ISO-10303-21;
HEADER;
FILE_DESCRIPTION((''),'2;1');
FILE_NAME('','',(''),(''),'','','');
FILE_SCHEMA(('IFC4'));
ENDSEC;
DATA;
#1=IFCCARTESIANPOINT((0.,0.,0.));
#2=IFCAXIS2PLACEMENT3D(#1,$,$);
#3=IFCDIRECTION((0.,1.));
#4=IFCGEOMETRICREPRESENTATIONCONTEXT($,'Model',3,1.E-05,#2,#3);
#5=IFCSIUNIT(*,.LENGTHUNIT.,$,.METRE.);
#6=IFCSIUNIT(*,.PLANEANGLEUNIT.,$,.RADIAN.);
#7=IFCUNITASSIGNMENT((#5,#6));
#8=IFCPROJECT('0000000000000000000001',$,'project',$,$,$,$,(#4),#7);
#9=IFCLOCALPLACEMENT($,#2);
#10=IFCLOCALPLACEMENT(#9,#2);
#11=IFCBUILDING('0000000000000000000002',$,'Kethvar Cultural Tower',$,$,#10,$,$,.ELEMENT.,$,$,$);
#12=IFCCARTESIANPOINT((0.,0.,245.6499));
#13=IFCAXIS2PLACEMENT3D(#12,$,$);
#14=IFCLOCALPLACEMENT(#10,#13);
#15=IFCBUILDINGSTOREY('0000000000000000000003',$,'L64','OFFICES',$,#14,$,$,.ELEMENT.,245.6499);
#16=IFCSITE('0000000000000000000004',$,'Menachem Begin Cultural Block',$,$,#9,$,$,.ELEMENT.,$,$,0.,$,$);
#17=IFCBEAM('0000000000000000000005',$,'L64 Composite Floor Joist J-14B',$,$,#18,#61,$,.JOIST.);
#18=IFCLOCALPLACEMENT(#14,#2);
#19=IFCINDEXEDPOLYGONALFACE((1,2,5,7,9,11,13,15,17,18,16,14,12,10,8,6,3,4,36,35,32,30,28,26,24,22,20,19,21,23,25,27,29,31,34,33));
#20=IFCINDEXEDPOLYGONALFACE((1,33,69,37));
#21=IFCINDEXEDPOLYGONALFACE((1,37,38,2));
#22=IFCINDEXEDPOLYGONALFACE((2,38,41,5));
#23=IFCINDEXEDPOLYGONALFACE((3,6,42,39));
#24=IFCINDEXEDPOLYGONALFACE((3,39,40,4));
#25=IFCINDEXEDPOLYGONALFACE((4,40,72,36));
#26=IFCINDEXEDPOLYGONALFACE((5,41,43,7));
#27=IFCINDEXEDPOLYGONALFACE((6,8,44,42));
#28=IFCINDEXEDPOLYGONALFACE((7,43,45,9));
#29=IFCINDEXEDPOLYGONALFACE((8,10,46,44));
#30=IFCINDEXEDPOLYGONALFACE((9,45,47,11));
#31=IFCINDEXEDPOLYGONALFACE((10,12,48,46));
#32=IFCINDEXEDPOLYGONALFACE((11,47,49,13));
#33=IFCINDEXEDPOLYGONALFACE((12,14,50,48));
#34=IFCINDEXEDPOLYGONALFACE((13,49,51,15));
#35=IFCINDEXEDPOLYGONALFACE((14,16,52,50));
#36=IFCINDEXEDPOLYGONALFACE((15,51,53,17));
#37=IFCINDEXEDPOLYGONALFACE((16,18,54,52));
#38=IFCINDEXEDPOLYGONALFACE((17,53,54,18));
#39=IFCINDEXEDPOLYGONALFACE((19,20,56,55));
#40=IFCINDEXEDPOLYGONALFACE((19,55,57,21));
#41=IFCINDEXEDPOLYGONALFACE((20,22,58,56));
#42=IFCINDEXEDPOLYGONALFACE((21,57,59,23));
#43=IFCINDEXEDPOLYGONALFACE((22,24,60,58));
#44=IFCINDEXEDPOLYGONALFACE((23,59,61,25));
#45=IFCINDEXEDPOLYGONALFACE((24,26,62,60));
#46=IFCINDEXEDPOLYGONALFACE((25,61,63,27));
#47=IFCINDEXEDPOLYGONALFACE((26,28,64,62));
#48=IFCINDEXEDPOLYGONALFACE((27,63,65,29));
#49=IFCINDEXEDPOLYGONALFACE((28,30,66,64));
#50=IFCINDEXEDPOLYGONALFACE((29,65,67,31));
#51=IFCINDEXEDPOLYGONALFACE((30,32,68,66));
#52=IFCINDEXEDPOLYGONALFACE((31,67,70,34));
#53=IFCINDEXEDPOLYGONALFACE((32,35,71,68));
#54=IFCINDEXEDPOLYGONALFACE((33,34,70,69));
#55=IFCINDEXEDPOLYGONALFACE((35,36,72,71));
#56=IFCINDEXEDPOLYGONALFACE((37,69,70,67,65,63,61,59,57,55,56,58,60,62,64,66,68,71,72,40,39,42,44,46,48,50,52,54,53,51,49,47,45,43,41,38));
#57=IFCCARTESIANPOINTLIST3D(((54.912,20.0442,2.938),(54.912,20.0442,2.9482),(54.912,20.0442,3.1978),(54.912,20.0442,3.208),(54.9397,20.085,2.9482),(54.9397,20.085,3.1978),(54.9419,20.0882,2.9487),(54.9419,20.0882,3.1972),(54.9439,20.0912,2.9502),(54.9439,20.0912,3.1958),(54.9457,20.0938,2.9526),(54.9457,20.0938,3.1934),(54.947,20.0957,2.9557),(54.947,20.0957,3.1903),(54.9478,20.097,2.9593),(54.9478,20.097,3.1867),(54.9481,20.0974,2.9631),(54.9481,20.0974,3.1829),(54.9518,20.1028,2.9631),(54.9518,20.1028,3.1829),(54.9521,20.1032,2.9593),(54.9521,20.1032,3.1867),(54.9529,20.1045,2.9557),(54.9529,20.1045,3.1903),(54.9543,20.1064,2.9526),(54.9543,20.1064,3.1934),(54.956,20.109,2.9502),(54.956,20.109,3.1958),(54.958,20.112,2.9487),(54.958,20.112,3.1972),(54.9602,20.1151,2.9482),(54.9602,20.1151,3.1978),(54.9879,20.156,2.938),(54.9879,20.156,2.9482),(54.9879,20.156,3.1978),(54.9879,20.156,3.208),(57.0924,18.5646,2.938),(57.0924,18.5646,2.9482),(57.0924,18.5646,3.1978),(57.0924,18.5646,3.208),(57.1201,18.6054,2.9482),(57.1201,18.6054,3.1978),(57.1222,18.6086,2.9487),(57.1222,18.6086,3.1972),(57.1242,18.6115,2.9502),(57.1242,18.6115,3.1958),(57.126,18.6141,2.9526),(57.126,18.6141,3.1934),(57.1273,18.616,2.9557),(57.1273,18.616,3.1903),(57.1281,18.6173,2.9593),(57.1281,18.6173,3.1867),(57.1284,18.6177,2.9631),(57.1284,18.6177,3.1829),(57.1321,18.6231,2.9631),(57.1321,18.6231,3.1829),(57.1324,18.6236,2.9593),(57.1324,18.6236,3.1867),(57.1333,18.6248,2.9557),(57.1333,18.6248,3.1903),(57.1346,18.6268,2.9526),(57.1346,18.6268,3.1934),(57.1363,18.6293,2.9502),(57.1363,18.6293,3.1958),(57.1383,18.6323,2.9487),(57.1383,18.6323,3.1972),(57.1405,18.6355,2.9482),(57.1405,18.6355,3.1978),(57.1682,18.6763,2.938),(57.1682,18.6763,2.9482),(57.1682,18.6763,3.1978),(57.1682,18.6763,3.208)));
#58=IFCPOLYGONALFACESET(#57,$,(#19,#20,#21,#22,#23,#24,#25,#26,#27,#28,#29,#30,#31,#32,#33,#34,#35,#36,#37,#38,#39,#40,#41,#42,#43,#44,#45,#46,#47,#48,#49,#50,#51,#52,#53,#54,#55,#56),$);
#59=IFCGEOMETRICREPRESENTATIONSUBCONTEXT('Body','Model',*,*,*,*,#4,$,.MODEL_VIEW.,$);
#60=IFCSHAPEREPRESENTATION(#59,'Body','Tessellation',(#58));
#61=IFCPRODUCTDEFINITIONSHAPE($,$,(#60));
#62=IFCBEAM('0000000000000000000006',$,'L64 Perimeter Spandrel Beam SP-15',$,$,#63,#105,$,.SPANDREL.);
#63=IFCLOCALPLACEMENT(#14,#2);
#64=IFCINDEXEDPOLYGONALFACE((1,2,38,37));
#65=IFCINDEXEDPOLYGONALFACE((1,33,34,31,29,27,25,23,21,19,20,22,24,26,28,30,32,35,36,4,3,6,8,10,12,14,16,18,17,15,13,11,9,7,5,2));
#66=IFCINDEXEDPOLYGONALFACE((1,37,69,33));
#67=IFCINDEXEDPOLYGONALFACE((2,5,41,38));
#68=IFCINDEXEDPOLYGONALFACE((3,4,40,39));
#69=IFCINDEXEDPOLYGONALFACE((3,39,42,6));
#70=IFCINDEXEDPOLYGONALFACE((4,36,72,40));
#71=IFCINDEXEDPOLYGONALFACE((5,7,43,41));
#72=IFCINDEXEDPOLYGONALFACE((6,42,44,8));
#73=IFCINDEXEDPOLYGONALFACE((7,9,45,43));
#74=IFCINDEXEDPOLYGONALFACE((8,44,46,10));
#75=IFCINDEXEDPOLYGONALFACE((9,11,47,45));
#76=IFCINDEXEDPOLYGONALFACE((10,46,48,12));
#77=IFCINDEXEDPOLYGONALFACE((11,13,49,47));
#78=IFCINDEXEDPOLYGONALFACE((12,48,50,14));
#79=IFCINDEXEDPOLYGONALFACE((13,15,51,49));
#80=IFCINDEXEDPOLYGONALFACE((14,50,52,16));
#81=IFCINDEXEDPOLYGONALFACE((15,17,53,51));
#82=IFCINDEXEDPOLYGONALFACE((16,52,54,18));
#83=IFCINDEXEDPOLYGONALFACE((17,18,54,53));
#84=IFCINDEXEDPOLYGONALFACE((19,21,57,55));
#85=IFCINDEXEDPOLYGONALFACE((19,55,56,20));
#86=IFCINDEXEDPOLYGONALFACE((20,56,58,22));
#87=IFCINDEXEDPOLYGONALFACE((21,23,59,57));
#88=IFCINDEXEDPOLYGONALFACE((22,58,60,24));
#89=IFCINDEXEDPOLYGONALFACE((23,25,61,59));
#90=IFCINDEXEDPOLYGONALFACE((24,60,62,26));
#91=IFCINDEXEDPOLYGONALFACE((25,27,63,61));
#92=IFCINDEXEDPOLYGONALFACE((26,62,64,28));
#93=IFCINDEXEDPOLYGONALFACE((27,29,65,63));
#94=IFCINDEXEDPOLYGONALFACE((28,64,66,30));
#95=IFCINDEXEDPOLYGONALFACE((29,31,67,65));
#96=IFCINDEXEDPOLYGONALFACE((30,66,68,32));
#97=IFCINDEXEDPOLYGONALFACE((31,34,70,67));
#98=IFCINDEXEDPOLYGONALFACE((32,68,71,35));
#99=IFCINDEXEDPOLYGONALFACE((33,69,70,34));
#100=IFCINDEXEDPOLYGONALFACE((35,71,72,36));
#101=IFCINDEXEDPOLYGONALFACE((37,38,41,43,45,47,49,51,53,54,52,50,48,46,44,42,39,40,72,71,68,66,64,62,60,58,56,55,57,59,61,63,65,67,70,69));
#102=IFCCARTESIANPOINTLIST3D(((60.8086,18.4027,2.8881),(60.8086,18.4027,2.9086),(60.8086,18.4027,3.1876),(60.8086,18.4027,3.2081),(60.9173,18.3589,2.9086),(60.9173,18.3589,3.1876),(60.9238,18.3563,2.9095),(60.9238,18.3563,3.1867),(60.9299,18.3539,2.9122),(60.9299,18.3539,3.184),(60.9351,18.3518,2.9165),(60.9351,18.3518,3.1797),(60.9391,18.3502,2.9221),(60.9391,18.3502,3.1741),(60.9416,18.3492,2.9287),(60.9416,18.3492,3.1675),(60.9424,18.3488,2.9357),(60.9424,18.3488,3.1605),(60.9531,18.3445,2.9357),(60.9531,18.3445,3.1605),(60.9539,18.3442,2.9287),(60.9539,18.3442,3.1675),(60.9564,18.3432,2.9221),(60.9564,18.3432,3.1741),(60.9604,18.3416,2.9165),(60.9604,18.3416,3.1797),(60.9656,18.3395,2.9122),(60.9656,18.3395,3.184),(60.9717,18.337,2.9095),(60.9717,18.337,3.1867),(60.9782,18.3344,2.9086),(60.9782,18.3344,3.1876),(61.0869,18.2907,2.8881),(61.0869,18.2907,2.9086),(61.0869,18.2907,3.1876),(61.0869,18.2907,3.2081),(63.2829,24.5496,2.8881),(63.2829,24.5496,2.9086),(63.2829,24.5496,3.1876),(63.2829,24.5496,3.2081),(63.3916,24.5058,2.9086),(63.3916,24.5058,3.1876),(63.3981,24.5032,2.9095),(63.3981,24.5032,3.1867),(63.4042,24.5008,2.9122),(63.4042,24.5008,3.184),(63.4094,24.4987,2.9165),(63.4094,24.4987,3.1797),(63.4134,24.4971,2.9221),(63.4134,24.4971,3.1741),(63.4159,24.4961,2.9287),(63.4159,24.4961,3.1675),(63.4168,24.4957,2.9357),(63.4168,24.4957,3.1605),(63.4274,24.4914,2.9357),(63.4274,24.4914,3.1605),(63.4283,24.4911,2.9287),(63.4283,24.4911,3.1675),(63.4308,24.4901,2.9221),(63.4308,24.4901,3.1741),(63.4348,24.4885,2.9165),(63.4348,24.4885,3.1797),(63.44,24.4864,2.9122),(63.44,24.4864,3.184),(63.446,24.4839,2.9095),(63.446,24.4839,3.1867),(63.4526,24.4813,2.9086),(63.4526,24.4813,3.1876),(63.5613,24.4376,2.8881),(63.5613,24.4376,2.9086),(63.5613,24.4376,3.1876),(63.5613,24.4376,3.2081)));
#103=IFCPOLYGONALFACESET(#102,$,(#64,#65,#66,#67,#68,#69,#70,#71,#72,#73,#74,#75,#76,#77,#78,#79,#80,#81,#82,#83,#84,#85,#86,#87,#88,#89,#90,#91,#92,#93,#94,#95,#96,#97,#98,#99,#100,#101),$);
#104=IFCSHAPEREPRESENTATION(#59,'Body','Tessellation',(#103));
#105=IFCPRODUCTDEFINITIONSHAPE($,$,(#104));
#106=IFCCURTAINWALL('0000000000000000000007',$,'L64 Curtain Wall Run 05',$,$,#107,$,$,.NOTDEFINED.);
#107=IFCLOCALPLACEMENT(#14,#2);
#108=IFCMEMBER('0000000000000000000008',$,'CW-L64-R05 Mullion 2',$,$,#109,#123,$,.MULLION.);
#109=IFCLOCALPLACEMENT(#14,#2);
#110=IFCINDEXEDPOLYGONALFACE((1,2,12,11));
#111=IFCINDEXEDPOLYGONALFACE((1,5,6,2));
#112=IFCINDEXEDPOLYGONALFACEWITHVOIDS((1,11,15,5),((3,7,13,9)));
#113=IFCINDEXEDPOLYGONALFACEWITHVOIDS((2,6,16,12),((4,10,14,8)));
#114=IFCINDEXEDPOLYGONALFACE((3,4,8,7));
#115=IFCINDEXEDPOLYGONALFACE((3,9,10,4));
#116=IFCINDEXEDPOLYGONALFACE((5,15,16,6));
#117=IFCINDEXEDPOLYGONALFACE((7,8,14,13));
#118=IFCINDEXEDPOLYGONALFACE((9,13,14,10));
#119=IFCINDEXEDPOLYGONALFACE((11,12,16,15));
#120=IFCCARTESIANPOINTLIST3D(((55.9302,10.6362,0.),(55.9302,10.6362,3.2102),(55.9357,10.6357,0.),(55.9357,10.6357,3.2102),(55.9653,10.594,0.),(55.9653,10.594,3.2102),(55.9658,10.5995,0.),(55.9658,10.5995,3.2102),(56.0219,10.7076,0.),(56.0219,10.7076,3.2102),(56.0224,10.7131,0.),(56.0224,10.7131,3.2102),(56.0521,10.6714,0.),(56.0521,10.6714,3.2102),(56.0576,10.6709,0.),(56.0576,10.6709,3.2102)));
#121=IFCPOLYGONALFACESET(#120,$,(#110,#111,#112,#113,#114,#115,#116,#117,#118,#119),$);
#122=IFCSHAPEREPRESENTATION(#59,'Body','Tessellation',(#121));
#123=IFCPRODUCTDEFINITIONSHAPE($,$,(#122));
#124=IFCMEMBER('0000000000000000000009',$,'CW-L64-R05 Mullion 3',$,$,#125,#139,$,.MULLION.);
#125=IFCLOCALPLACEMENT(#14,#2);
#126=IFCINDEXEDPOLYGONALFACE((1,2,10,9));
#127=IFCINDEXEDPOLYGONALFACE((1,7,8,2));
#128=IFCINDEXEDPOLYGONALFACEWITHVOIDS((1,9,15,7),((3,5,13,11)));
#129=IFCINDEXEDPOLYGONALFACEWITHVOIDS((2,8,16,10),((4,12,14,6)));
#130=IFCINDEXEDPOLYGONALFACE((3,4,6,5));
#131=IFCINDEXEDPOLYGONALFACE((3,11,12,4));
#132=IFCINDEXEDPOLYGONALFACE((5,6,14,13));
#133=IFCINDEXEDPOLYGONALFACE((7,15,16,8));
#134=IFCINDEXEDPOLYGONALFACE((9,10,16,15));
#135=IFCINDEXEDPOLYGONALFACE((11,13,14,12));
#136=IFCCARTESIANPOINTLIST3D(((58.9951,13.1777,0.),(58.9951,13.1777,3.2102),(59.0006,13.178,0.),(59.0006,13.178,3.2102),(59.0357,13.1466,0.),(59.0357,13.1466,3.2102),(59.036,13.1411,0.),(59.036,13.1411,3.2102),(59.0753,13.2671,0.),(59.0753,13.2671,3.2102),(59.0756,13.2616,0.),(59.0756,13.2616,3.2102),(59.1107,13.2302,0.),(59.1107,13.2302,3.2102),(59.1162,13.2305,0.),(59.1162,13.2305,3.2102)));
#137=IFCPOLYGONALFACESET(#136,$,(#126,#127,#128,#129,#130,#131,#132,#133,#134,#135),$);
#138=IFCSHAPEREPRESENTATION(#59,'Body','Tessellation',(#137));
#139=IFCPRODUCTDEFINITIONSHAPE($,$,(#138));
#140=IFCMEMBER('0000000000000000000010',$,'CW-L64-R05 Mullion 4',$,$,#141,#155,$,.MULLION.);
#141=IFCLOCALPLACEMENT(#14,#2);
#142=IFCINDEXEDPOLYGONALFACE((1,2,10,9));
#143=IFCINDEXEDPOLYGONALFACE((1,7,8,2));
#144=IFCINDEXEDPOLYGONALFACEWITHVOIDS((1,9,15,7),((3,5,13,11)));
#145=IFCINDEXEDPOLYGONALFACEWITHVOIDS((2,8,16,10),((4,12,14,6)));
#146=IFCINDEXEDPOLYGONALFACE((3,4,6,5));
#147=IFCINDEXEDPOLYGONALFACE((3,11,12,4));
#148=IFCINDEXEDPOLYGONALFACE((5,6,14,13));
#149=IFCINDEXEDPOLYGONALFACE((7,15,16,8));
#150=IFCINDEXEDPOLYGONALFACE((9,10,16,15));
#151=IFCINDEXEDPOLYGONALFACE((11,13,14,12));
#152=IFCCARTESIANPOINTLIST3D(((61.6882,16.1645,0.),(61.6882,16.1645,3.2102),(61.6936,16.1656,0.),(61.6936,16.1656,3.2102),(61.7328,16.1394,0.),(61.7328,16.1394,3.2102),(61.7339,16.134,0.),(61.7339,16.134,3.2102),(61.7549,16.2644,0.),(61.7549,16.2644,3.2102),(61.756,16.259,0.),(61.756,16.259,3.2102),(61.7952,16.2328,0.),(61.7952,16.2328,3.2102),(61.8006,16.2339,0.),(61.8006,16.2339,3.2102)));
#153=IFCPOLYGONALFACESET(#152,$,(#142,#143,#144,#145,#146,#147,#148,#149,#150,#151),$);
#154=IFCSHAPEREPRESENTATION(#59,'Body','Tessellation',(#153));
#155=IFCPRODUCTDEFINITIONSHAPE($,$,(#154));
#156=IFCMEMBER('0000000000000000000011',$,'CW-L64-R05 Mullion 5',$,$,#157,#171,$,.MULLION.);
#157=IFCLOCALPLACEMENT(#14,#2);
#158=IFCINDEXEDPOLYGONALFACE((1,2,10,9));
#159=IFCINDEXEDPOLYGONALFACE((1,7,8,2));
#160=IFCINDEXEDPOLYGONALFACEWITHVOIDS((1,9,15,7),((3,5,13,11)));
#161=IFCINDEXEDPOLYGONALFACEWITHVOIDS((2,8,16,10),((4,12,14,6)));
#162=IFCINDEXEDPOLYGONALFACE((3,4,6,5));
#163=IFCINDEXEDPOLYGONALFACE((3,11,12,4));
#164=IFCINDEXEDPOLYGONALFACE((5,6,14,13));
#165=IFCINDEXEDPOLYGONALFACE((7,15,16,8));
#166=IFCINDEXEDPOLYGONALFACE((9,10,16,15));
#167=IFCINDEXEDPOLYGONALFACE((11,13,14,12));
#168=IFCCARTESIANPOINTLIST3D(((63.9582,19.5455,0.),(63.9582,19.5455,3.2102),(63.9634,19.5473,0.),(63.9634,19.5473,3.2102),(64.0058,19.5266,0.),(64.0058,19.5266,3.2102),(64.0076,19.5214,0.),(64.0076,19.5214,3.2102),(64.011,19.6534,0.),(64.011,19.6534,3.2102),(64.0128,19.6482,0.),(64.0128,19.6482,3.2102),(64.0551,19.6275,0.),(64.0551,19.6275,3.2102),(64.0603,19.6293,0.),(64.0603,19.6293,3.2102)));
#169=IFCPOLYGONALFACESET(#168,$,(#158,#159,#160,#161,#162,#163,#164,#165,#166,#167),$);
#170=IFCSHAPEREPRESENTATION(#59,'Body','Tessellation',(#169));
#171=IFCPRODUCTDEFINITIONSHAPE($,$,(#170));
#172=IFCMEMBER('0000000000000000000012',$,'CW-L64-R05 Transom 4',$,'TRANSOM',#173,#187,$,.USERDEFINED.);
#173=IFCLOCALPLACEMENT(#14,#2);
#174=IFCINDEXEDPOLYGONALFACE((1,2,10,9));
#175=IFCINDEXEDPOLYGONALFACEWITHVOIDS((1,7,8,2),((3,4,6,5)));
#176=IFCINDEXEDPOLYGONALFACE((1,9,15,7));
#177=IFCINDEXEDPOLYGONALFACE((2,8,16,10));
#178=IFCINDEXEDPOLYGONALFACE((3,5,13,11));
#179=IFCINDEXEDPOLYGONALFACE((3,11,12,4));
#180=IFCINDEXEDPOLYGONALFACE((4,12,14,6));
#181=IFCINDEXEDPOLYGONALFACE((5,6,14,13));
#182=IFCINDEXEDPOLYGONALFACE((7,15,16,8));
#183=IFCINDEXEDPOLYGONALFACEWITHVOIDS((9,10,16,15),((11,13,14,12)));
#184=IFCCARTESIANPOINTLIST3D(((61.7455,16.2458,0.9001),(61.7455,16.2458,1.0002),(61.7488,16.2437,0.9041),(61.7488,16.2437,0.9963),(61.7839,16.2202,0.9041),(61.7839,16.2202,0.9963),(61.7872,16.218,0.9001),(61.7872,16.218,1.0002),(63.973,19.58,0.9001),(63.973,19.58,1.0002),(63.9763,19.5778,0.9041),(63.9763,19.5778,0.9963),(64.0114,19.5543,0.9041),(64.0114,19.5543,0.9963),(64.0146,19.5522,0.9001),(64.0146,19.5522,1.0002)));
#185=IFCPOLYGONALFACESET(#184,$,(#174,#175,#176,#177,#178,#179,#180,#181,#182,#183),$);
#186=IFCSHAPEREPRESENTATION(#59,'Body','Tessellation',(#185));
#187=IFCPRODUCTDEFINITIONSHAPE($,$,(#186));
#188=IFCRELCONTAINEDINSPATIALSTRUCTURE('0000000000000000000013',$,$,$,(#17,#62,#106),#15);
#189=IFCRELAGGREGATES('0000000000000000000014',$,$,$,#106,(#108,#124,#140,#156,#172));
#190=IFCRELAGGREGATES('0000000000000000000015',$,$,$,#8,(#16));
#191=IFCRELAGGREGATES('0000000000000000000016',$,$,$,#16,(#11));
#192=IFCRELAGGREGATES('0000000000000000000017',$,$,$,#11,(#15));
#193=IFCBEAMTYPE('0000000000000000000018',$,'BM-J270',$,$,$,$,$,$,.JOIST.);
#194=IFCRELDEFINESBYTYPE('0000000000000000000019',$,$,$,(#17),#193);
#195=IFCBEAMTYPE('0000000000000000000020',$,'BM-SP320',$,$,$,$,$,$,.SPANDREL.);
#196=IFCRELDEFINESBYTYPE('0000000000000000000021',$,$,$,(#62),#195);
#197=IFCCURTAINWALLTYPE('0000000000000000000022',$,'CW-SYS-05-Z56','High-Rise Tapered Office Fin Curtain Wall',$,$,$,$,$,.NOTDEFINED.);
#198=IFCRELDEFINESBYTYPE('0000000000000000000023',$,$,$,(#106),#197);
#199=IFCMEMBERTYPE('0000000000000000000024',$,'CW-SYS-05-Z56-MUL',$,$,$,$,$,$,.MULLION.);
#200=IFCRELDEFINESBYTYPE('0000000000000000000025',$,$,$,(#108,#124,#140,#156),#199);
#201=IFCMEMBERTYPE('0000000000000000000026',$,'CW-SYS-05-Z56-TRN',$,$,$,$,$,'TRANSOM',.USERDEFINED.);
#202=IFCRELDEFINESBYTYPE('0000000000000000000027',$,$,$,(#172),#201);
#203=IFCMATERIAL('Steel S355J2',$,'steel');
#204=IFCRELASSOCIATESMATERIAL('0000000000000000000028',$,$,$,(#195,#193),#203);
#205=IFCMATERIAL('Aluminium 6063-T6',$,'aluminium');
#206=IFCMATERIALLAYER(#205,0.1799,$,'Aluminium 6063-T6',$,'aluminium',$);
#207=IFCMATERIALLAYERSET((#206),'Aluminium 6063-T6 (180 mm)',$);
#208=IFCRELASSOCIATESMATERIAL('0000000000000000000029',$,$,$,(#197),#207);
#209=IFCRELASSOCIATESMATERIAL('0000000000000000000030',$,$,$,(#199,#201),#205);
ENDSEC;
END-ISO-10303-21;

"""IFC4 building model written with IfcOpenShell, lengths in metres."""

from ifc_helpers import new_model, si_unit, direction, frame, origin, origin_2d, place, context, subcontext, project, spatial, hollow_rectangle, i_section, extrude, source, transform, mapped, material, layer, layer_set, material_profile, profile_set, type_object, element, aggregate, save


model = new_model("IFC4")

# Units and contexts
model_context = context("Model", 3, precision=1e-05, world=origin(), true_north=direction((0.0, 1.0)))
body_context = subcontext(model_context, "Body", "Model", "MODEL_VIEW")
ifc_project = project(units=[si_unit("LENGTHUNIT", "METRE"), si_unit("PLANEANGLEUNIT", "RADIAN")], contexts=[model_context])

# Site, building, storey
site_placement = place(None, origin())
site = spatial("IfcSite", under=ifc_project, at=site_placement, Name="Menachem Begin Cultural Block", CompositionType="ELEMENT", RefElevation=0.0)
building_placement = place(site_placement, origin())
building = spatial("IfcBuilding", under=site, at=building_placement, Name="Kethvar Cultural Tower", CompositionType="ELEMENT")
storey_placement = place(building_placement, frame((0.0, 0.0, 245.6499)))
storey = spatial("IfcBuildingStorey", under=building, at=storey_placement, Name="L64", Description="OFFICES", CompositionType="ELEMENT", Elevation=245.6499)

# Beams
ifc_material_1 = material(Name="Steel S355J2", Category="steel")
ifc_material_profile_1 = material_profile(ifc_material_1, i_section(OverallWidth=0.3, OverallDepth=0.3201, WebThickness=0.0115, FlangeThickness=0.0205, FilletRadius=0.0271, at=origin_2d()), Name="Steel S355J2 — HEB320")
ifc_profile_set_1 = profile_set([ifc_material_profile_1], Name="Steel S355J2 — HEB320")
beam_type_1 = type_object("IfcBeamType", Name="BM-SP320", PredefinedType="SPANDREL", material=ifc_profile_set_1)
ifc_material_profile_2 = material_profile(ifc_material_1, i_section(OverallWidth=0.135, OverallDepth=0.27, WebThickness=0.0066, FlangeThickness=0.0103, FilletRadius=0.0149, at=origin_2d()), Name="Steel S355J2 — IPE270")
ifc_profile_set_2 = profile_set([ifc_material_profile_2], Name="Steel S355J2 — IPE270")
beam_type_2 = type_object("IfcBeamType", Name="BM-J270", PredefinedType="JOIST", material=ifc_profile_set_2)
shared_shape_1 = source(origin(), body_context, "Body", "SweptSolid", [
    extrude(i_section(OverallWidth=0.135, OverallDepth=0.27, WebThickness=0.0066, FlangeThickness=0.0103, FilletRadius=0.0149, at=origin_2d()), origin(), (0.0, 0.0, 1.0), 2.635),
])
beam_1_placement = place(storey_placement, frame((54.95, 20.1001, 3.073), z_axis=(0.827447, -0.561544, 0.0), x_axis=(0.561544, 0.827447, 0.0)))
element("IfcBeam", 1, at=beam_1_placement, inside=storey, type_object=beam_type_2, Name="L64 Composite Floor Joist J-14B", PredefinedType="JOIST", context=body_context, shape_type="MappedRepresentation", body=[
    mapped(shared_shape_1, transform((0.0, 0.0, 0.0), scale=1.0)),
])
shared_shape_2 = source(origin(), body_context, "Body", "SweptSolid", [
    extrude(i_section(OverallWidth=0.3, OverallDepth=0.3201, WebThickness=0.0115, FlangeThickness=0.0205, FilletRadius=0.0271, at=origin_2d()), origin(), (0.0, 0.0, 1.0), 6.6262),
])
beam_2_placement = place(storey_placement, frame((60.9478, 18.3467, 3.0481), z_axis=(0.373416, 0.927664, 0.0), x_axis=(-0.927664, 0.373416, 0.0)))
element("IfcBeam", 2, at=beam_2_placement, inside=storey, type_object=beam_type_1, Name="L64 Perimeter Spandrel Beam SP-15", PredefinedType="SPANDREL", context=body_context, shape_type="MappedRepresentation", body=[
    mapped(shared_shape_2, transform((0.0, 0.0, 0.0), scale=1.0)),
])

# Curtain wall, members
ifc_material_2 = material(Name="Aluminium 6063-T6", Category="aluminium")
ifc_layer_1 = layer(ifc_material_2, 0.1799, Name="Aluminium 6063-T6", Category="aluminium")
ifc_layer_set_1 = layer_set([ifc_layer_1], Name="Aluminium 6063-T6 (180 mm)")
curtain_wall_type = type_object("IfcCurtainWallType", Name="CW-SYS-05-Z56", Description="High-Rise Tapered Office Fin Curtain Wall", PredefinedType="NOTDEFINED", material=ifc_layer_set_1)
curtain_wall_placement = place(storey_placement, origin())
curtain_wall = element("IfcCurtainWall", 3, at=curtain_wall_placement, inside=storey, type_object=curtain_wall_type, Name="L64 Curtain Wall Run 05", PredefinedType="NOTDEFINED")
ifc_material_profile_3 = material_profile(ifc_material_2, hollow_rectangle(XDim=0.0549, YDim=0.1201, WallThickness=0.0039, at=origin_2d()), Name="Aluminium 6063-T6 — RHS120x55x4")
ifc_profile_set_3 = profile_set([ifc_material_profile_3], Name="Aluminium 6063-T6 — RHS120x55x4")
member_type_1 = type_object("IfcMemberType", Name="CW-SYS-05-Z56-MUL", PredefinedType="MULLION", material=ifc_profile_set_3)
shared_shape_3 = source(origin(), body_context, "Body", "SweptSolid", [
    extrude(hollow_rectangle(XDim=0.0549, YDim=0.1201, WallThickness=0.0039, at=origin_2d()), origin(), (0.0, 0.0, 1.0), 3.2102),
])
member_1_placement = place(storey_placement, frame((55.9939, 10.6536, 0.0), z_axis=(0.0, 0.0, 1.0), x_axis=(-0.640271, 0.768149, 0.0)))
member_1 = element("IfcMember", 4, at=member_1_placement, type_object=member_type_1, Name="CW-L64-R05 Mullion 2", PredefinedType="MULLION", context=body_context, shape_type="MappedRepresentation", body=[
    mapped(shared_shape_3, transform((0.0, 0.0, 0.0), scale=1.0)),
])
member_2_placement = place(storey_placement, frame((59.0557, 13.2041, 0.0), z_axis=(0.0, 0.0, 1.0), x_axis=(-0.744277, 0.667872, 0.0)))
member_2 = element("IfcMember", 5, at=member_2_placement, type_object=member_type_1, Name="CW-L64-R05 Mullion 3", PredefinedType="MULLION", context=body_context, shape_type="MappedRepresentation", body=[
    mapped(shared_shape_3, transform((0.0, 0.0, 0.0), scale=1.0)),
])
member_3_placement = place(storey_placement, frame((61.7444, 16.1992, 0.0), z_axis=(0.0, 0.0, 1.0), x_axis=(-0.831489, 0.555541, 0.0)))
member_3 = element("IfcMember", 6, at=member_3_placement, type_object=member_type_1, Name="CW-L64-R05 Mullion 4", PredefinedType="MULLION", context=body_context, shape_type="MappedRepresentation", body=[
    mapped(shared_shape_3, transform((0.0, 0.0, 0.0), scale=1.0)),
])
member_4_placement = place(storey_placement, frame((64.0093, 19.5874, 0.0), z_axis=(0.0, 0.0, 1.0), x_axis=(-0.898319, 0.439343, 0.0)))
member_4 = element("IfcMember", 7, at=member_4_placement, type_object=member_type_1, Name="CW-L64-R05 Mullion 5", PredefinedType="MULLION", context=body_context, shape_type="MappedRepresentation", body=[
    mapped(shared_shape_3, transform((0.0, 0.0, 0.0), scale=1.0)),
])
ifc_material_profile_4 = material_profile(ifc_material_2, hollow_rectangle(XDim=0.05, YDim=0.1001, WallThickness=0.0039, at=origin_2d()), Name="Aluminium 6063-T6 — RHS100x50x4")
ifc_profile_set_4 = profile_set([ifc_material_profile_4], Name="Aluminium 6063-T6 — RHS100x50x4")
member_type_2 = type_object("IfcMemberType", Name="CW-SYS-05-Z56-TRN", ElementType="TRANSOM", PredefinedType="USERDEFINED", material=ifc_profile_set_4)
shared_shape_4 = source(origin(), body_context, "Body", "SweptSolid", [
    extrude(hollow_rectangle(XDim=0.05, YDim=0.1001, WallThickness=0.0039, at=origin_2d()), origin(), (0.0, 0.0, 1.0), 4.0098),
])
member_5_placement = place(storey_placement, frame((61.7664, 16.2319, 0.9502), z_axis=(0.555515, 0.831507, 0.0), x_axis=(-0.831507, 0.555515, 0.0)))
member_5 = element("IfcMember", 8, at=member_5_placement, type_object=member_type_2, Name="CW-L64-R05 Transom 4", ObjectType="TRANSOM", PredefinedType="USERDEFINED", context=body_context, shape_type="MappedRepresentation", body=[
    mapped(shared_shape_4, transform((0.0, 0.0, 0.0), scale=1.0)),
])
aggregate(curtain_wall, [member_1, member_2, member_3, member_4, member_5])

save(model, "model.ifc")
